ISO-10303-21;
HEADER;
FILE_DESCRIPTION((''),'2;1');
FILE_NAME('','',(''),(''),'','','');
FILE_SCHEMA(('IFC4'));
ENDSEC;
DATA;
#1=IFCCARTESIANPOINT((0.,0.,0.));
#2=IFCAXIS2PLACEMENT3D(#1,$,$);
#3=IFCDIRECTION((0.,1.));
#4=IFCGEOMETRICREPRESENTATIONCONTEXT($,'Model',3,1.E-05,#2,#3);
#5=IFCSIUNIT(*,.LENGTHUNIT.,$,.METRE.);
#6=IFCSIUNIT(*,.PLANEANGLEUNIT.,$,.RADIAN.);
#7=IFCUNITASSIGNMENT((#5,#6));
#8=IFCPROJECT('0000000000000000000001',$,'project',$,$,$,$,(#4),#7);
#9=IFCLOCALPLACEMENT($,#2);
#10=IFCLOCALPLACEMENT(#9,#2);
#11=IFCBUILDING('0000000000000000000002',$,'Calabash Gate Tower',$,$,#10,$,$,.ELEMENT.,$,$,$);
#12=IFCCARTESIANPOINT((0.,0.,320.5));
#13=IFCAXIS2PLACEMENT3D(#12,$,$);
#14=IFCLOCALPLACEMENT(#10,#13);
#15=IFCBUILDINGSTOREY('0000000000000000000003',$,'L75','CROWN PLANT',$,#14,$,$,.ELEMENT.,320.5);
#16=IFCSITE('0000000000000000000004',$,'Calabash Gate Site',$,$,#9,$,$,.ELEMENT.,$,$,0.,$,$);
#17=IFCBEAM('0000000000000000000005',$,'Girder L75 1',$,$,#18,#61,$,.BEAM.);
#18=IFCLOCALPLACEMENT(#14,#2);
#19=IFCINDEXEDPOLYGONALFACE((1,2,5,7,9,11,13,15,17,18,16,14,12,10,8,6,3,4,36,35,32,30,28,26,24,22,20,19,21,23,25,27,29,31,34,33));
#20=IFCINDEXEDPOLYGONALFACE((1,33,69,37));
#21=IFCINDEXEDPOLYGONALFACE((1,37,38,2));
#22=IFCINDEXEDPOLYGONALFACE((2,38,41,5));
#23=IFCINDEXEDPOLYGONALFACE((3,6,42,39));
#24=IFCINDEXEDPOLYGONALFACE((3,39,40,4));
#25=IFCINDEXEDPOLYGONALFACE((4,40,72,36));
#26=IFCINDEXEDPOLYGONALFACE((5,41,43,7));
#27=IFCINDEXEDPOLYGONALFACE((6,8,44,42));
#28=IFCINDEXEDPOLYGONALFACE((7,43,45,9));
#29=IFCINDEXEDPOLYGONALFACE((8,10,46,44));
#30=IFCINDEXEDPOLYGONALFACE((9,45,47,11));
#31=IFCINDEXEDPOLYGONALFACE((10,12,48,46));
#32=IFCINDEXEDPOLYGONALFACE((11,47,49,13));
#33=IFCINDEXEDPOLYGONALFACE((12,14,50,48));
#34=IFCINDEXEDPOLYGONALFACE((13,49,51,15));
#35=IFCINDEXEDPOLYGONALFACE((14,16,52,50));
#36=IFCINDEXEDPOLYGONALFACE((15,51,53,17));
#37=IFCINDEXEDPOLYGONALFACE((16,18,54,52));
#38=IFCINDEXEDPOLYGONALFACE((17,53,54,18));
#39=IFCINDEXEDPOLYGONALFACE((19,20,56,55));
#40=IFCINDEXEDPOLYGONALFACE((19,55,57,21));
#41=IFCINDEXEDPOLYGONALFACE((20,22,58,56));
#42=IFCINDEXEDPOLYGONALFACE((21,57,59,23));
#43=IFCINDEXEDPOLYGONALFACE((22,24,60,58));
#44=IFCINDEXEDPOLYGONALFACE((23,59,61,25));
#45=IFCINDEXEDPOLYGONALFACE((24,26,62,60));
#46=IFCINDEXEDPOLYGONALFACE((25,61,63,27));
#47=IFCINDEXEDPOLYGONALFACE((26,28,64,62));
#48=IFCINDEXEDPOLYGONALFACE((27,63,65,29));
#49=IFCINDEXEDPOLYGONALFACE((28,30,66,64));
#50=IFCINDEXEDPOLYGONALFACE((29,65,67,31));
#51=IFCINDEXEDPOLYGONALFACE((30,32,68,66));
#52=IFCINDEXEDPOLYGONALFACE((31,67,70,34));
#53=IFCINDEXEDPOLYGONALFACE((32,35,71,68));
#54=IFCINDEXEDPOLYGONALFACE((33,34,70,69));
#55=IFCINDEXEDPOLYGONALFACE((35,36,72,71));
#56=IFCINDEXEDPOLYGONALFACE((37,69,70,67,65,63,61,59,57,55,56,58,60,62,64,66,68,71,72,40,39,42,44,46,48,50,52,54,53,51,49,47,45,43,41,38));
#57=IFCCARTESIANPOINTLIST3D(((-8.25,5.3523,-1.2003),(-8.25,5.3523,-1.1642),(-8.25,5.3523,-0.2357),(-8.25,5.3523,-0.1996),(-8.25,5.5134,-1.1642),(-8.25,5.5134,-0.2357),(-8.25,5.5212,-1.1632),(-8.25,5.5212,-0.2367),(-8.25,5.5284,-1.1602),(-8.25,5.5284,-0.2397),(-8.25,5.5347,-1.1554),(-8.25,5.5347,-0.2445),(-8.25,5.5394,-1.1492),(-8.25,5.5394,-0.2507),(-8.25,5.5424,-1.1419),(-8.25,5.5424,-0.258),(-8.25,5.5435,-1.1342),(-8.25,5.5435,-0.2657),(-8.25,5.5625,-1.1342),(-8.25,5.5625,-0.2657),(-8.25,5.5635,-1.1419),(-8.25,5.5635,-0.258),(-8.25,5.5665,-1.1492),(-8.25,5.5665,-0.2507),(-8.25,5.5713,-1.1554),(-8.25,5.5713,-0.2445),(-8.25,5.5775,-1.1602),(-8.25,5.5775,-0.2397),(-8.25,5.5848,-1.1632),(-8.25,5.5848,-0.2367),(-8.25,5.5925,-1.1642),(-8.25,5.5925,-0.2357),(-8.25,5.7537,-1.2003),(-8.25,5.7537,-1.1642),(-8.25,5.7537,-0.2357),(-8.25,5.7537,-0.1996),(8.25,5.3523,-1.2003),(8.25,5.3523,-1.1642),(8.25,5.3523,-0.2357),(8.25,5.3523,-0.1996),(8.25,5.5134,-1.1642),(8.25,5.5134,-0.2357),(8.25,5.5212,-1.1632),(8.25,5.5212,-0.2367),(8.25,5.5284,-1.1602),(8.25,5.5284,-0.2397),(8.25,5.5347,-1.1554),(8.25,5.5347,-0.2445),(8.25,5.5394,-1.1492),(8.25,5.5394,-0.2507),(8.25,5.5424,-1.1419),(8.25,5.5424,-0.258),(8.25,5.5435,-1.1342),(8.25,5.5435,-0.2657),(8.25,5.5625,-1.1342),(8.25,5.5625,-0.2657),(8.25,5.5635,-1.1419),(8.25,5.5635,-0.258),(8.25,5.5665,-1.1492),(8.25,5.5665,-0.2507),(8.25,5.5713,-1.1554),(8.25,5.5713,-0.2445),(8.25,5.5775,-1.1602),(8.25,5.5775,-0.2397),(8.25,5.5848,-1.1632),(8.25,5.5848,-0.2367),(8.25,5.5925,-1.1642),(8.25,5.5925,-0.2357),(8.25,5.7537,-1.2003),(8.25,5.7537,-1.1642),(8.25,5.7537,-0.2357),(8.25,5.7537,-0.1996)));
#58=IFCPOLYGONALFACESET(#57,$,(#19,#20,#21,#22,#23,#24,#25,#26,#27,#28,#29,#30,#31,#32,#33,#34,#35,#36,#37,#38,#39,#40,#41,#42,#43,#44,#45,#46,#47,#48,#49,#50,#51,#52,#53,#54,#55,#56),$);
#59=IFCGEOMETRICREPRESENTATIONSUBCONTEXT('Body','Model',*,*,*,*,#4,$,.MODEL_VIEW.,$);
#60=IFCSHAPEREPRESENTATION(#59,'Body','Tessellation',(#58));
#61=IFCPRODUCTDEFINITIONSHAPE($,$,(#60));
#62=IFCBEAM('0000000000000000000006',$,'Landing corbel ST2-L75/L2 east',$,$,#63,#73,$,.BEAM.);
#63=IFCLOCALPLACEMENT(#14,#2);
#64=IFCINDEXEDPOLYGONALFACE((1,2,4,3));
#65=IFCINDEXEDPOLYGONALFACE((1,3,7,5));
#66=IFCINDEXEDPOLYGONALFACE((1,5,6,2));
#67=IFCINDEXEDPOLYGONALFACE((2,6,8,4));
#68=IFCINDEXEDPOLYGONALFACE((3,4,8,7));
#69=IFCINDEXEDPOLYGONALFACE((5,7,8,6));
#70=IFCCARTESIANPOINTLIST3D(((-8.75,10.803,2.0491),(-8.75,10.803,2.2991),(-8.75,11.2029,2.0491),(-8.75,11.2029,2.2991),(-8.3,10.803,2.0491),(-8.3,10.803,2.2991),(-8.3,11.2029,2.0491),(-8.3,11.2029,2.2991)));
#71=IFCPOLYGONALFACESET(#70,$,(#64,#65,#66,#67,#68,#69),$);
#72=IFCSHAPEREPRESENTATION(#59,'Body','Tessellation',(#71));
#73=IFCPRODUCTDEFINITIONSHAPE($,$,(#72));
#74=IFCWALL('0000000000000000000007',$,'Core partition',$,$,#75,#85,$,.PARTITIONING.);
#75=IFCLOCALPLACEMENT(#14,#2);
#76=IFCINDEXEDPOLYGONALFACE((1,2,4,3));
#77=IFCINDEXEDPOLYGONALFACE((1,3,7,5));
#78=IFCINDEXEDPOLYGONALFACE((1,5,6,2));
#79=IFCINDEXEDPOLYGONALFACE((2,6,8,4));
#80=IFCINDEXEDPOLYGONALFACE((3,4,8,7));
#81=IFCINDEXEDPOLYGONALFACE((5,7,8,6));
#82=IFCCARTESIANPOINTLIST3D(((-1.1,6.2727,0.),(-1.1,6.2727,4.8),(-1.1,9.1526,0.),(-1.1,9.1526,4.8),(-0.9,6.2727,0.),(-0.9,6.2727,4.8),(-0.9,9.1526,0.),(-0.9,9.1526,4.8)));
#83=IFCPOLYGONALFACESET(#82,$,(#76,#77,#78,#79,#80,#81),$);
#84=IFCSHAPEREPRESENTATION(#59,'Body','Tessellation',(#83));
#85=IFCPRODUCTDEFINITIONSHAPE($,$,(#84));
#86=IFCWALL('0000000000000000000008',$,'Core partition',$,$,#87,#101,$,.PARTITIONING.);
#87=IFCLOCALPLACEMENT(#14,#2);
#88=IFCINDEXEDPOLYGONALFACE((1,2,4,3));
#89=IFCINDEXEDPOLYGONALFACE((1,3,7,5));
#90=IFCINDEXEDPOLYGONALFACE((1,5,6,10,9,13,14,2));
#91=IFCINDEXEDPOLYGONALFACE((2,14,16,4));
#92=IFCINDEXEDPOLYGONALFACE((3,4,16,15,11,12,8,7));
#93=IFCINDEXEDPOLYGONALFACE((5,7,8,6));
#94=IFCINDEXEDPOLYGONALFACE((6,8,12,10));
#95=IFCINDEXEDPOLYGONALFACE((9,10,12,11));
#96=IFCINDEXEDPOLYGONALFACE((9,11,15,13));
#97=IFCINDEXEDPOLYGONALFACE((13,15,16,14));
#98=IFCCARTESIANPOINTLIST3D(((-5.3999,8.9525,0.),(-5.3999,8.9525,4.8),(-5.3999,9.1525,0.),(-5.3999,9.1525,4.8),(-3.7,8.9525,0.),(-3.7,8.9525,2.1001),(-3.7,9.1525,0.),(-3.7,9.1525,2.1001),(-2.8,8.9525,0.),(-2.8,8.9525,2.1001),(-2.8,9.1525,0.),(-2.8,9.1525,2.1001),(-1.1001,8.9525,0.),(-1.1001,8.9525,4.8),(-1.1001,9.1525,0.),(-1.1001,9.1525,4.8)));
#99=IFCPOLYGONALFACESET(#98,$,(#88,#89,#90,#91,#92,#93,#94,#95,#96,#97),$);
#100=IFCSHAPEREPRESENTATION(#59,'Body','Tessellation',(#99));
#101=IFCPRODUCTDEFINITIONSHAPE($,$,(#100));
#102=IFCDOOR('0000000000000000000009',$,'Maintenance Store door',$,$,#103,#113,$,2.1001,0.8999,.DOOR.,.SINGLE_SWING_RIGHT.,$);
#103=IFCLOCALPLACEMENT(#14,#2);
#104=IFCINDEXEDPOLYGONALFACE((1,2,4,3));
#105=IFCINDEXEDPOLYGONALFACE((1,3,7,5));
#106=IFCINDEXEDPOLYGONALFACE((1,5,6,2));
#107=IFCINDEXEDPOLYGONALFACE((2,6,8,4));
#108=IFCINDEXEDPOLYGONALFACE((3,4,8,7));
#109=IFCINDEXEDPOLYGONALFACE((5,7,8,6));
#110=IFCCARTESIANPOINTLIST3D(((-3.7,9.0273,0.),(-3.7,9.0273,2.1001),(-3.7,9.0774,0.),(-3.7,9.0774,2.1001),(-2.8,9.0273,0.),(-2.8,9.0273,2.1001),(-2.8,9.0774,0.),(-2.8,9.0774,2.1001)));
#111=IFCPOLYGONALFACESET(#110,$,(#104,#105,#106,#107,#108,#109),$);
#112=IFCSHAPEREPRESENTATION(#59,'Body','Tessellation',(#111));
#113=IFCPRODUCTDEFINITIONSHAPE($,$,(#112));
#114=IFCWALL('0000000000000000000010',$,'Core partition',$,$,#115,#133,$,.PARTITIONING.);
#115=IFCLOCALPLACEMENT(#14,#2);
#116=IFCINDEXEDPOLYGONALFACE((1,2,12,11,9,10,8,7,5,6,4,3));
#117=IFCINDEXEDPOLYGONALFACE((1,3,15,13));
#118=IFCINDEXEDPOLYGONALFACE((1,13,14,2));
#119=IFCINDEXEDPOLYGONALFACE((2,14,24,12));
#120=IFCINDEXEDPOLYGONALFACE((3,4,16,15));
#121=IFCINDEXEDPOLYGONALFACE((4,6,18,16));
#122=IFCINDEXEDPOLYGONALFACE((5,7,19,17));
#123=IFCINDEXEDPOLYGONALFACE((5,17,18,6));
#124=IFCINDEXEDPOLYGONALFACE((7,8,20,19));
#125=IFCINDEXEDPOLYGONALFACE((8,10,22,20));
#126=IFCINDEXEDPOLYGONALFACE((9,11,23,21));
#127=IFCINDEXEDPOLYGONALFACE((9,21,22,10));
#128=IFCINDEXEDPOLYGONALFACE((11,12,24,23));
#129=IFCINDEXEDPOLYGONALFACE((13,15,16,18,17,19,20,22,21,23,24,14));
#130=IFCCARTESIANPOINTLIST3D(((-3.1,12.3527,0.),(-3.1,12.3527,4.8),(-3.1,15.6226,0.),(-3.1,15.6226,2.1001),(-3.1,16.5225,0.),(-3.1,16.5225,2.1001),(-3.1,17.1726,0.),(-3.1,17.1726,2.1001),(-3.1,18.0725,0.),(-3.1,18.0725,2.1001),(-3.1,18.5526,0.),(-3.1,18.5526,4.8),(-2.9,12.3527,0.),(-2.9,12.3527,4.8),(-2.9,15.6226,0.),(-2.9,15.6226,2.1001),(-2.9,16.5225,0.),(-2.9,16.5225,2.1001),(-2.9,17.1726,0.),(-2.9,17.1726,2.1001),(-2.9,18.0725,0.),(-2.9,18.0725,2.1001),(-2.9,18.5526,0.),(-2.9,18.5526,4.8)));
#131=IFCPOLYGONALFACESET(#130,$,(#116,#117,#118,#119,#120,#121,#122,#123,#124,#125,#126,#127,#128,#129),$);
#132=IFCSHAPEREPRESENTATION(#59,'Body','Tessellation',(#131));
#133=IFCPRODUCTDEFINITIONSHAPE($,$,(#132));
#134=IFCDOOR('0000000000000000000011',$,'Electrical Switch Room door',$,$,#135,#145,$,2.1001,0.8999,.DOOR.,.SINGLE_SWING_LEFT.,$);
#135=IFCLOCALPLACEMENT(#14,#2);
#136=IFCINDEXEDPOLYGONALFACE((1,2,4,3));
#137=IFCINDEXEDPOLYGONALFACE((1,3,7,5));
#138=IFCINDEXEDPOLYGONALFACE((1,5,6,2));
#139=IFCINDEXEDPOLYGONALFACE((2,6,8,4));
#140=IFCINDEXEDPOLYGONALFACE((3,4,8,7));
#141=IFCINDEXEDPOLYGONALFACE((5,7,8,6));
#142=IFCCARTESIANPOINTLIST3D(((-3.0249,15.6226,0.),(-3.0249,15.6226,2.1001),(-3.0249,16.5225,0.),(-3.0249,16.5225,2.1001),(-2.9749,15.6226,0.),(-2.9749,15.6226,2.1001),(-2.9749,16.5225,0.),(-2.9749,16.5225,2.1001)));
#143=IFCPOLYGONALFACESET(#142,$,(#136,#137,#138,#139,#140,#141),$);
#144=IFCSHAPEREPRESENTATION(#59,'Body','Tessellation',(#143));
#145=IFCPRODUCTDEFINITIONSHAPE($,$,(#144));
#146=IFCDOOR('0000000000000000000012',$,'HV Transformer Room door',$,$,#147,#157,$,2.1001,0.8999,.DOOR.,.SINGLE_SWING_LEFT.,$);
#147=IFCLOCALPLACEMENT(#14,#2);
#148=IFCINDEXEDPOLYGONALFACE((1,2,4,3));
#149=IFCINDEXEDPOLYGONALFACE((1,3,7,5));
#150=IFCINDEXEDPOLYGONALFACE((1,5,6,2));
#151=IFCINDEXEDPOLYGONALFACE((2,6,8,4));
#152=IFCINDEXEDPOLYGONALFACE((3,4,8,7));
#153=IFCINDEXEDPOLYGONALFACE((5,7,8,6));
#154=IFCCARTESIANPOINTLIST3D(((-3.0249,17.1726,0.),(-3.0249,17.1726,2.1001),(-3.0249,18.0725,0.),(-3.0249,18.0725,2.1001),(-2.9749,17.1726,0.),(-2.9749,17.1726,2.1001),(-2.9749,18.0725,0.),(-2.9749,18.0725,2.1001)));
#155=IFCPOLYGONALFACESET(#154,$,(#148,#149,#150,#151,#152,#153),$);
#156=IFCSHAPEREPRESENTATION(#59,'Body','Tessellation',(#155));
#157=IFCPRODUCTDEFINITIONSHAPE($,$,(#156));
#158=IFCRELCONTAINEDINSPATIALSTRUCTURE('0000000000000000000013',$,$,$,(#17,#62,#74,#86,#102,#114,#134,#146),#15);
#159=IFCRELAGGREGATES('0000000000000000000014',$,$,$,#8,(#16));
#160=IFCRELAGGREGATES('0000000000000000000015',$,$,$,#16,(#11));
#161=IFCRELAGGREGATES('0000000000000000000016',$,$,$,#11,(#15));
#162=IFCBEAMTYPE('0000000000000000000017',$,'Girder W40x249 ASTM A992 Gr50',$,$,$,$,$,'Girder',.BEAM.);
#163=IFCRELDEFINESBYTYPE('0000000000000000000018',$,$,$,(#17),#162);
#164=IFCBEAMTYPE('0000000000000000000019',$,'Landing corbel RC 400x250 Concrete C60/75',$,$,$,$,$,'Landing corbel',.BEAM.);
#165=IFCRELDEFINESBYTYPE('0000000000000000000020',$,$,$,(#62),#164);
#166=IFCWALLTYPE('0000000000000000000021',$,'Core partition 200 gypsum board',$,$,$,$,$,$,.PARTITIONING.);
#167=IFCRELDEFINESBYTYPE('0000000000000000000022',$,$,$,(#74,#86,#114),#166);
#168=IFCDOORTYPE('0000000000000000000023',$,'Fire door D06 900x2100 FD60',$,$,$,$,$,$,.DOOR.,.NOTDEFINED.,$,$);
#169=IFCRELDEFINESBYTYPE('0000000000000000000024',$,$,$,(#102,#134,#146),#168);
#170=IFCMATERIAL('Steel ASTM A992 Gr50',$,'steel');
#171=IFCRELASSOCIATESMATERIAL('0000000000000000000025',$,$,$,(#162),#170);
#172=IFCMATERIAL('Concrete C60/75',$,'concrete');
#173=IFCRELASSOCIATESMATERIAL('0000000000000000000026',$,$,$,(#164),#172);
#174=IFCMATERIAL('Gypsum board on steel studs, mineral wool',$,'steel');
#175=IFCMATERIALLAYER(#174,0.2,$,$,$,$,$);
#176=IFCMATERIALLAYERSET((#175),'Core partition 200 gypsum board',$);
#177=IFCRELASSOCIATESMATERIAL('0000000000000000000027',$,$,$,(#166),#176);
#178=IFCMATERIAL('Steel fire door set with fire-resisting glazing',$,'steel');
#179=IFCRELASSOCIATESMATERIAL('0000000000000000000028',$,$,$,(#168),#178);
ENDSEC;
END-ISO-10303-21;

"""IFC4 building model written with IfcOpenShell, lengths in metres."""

from ifc_helpers import new_model, si_unit, direction, frame, frame_2d, origin, origin_2d, place, context, subcontext, project, spatial, rectangle, i_section, extrude, material, layer, layer_set, material_profile, profile_set, type_object, element, fill, save


model = new_model("IFC4")

# Units and contexts
model_context = context("Model", 3, precision=1e-05, world=origin(), true_north=direction((0.0, 1.0)))
body_context = subcontext(model_context, "Body", "Model", "MODEL_VIEW")
ifc_project = project(units=[si_unit("LENGTHUNIT", "METRE"), si_unit("PLANEANGLEUNIT", "RADIAN")], contexts=[model_context])

# Site, building, storey
site_placement = place(None, origin())
site = spatial("IfcSite", under=ifc_project, at=site_placement, Name="Calabash Gate Site", CompositionType="ELEMENT", RefElevation=0.0)
building_placement = place(site_placement, origin())
building = spatial("IfcBuilding", under=site, at=building_placement, Name="Calabash Gate Tower", CompositionType="ELEMENT")
storey_placement = place(building_placement, frame((0.0, 0.0, 320.5)))
storey = spatial("IfcBuildingStorey", under=building, at=storey_placement, Name="L75", Description="CROWN PLANT", CompositionType="ELEMENT", Elevation=320.5)

# Beams
ifc_material_1 = material(Name="Steel ASTM A992 Gr50", Category="steel")
ifc_material_profile_1 = material_profile(ifc_material_1, i_section(OverallWidth=0.4014, OverallDepth=1.0007, WebThickness=0.019, FlangeThickness=0.0361, FilletRadius=0.03, at=origin_2d()))
ifc_profile_set_1 = profile_set([ifc_material_profile_1], Name="Steel ASTM A992 Gr50")
beam_type_1 = type_object("IfcBeamType", Name="Girder W40x249 ASTM A992 Gr50", ElementType="Girder", PredefinedType="BEAM", material=ifc_profile_set_1)
beam_1_placement = place(storey_placement, frame((-8.25, 5.553, -0.7), z_axis=(1.0, 0.0, 0.0), x_axis=(0.0, 1.0, 0.0)))
element("IfcBeam", 1, at=beam_1_placement, inside=storey, type_object=beam_type_1, Name="Girder L75 1", PredefinedType="BEAM", context=body_context, shape_type="SweptSolid", body=[
    extrude(i_section(OverallWidth=0.4014, OverallDepth=1.0007, WebThickness=0.019, FlangeThickness=0.0361, FilletRadius=0.03, at=origin_2d()), origin(), (0.0, 0.0, 1.0), 16.5),
])
ifc_material_2 = material(Name="Concrete C60/75", Category="concrete")
ifc_material_profile_2 = material_profile(ifc_material_2, rectangle(XDim=0.3999, YDim=0.25, at=origin_2d()))
ifc_profile_set_2 = profile_set([ifc_material_profile_2], Name="Concrete C60/75")
beam_type_2 = type_object("IfcBeamType", Name="Landing corbel RC 400x250 Concrete C60/75", ElementType="Landing corbel", PredefinedType="BEAM", material=ifc_profile_set_2)
beam_2_placement = place(storey_placement, frame((-8.3, 11.0029, 2.1741), z_axis=(-1.0, 0.0, 0.0), x_axis=(0.0, -1.0, 0.0)))
element("IfcBeam", 2, at=beam_2_placement, inside=storey, type_object=beam_type_2, Name="Landing corbel ST2-L75/L2 east", PredefinedType="BEAM", context=body_context, shape_type="SweptSolid", body=[
    extrude(rectangle(XDim=0.3999, YDim=0.25, at=origin_2d()), origin(), (0.0, 0.0, 1.0), 0.45),
])

# Wall
ifc_material_3 = material(Name="Gypsum board on steel studs, mineral wool", Category="steel")
ifc_layer_1 = layer(ifc_material_3, 0.2)
ifc_layer_set_1 = layer_set([ifc_layer_1], Name="Core partition 200 gypsum board")
wall_type_1 = type_object("IfcWallType", Name="Core partition 200 gypsum board", PredefinedType="PARTITIONING", material=ifc_layer_set_1)
wall_1_placement = place(storey_placement, frame((-1.0, 6.2727, 0.0), z_axis=(0.0, 0.0, 1.0), x_axis=(0.0, 1.0, 0.0)))
element("IfcWall", 3, at=wall_1_placement, inside=storey, type_object=wall_type_1, Name="Core partition", PredefinedType="PARTITIONING", context=body_context, shape_type="SweptSolid", body=[
    extrude(rectangle(XDim=2.8799, YDim=0.2, at=frame_2d((1.4399, 0.0))), origin(), (0.0, 0.0, 1.0), 4.8),
])

# Wall, opening, door
wall_2_placement = place(storey_placement, frame((-5.3999, 9.0525, 0.0), z_axis=(0.0, 0.0, 1.0), x_axis=(1.0, 0.0, 0.0)))
wall_2 = element("IfcWall", 4, at=wall_2_placement, inside=storey, type_object=wall_type_1, Name="Core partition", PredefinedType="PARTITIONING", context=body_context, shape_type="SweptSolid", body=[
    extrude(rectangle(XDim=4.2998, YDim=0.2, at=frame_2d((2.1499, 0.0))), origin(), (0.0, 0.0, 1.0), 4.8),
])
opening_1_placement = place(wall_2_placement, frame((1.7, 0.0, 0.0)))
opening_1 = element("IfcOpeningElement", 5, at=opening_1_placement, cuts=wall_2, PredefinedType="OPENING", context=body_context, shape_type="SweptSolid", body=[
    extrude(rectangle(XDim=0.8999, YDim=2.1001, at=frame_2d((0.45, 1.05))), frame((0.0, 0.1099, 0.0), z_axis=(0.0, -1.0, 0.0), x_axis=(1.0, 0.0, 0.0)), (0.0, 0.0, 1.0), 0.22),
])
ifc_material_4 = material(Name="Steel fire door set with fire-resisting glazing", Category="steel")
door_type_1 = type_object("IfcDoorType", Name="Fire door D06 900x2100 FD60", OperationType="NOTDEFINED", PredefinedType="DOOR", material=ifc_material_4)
door_1_placement = place(opening_1_placement, origin())
door_1 = element("IfcDoor", 6, at=door_1_placement, inside=storey, type_object=door_type_1, Name="Maintenance Store door", OperationType="SINGLE_SWING_RIGHT", OverallHeight=2.1001, OverallWidth=0.8999, PredefinedType="DOOR", context=body_context, shape_type="SweptSolid", body=[
    extrude(rectangle(XDim=0.8999, YDim=2.1001, at=frame_2d((0.45, 1.05))), frame((0.0, 0.0249, 0.0), z_axis=(0.0, -1.0, 0.0), x_axis=(1.0, 0.0, 0.0)), (0.0, 0.0, 1.0), 0.05),
])
fill(opening_1, door_1)

# Wall, openings, doors
wall_3_placement = place(storey_placement, frame((-3.0, 12.3525, 0.0), z_axis=(0.0, 0.0, 1.0), x_axis=(0.0, 1.0, 0.0)))
wall_3 = element("IfcWall", 7, at=wall_3_placement, inside=storey, type_object=wall_type_1, Name="Core partition", PredefinedType="PARTITIONING", context=body_context, shape_type="SweptSolid", body=[
    extrude(rectangle(XDim=6.2, YDim=0.2, at=frame_2d((3.1001, 0.0))), origin(), (0.0, 0.0, 1.0), 4.8),
])
opening_2_placement = place(wall_3_placement, frame((3.27, 0.0, 0.0)))
opening_2 = element("IfcOpeningElement", 8, at=opening_2_placement, cuts=wall_3, PredefinedType="OPENING", context=body_context, shape_type="SweptSolid", body=[
    extrude(rectangle(XDim=0.8999, YDim=2.1001, at=frame_2d((0.45, 1.05))), frame((0.0, 0.1099, 0.0), z_axis=(0.0, -1.0, 0.0), x_axis=(1.0, 0.0, 0.0)), (0.0, 0.0, 1.0), 0.22),
])
opening_3_placement = place(wall_3_placement, frame((4.8201, 0.0, 0.0)))
opening_3 = element("IfcOpeningElement", 9, at=opening_3_placement, cuts=wall_3, PredefinedType="OPENING", context=body_context, shape_type="SweptSolid", body=[
    extrude(rectangle(XDim=0.8999, YDim=2.1001, at=frame_2d((0.45, 1.05))), frame((0.0, 0.1099, 0.0), z_axis=(0.0, -1.0, 0.0), x_axis=(1.0, 0.0, 0.0)), (0.0, 0.0, 1.0), 0.22),
])
door_2_placement = place(opening_2_placement, origin())
door_2 = element("IfcDoor", 10, at=door_2_placement, inside=storey, type_object=door_type_1, Name="Electrical Switch Room door", OperationType="SINGLE_SWING_LEFT", OverallHeight=2.1001, OverallWidth=0.8999, PredefinedType="DOOR", context=body_context, shape_type="SweptSolid", body=[
    extrude(rectangle(XDim=0.8999, YDim=2.1001, at=frame_2d((0.45, 1.05))), frame((0.0, 0.0249, 0.0), z_axis=(0.0, -1.0, 0.0), x_axis=(1.0, 0.0, 0.0)), (0.0, 0.0, 1.0), 0.05),
])
fill(opening_2, door_2)
door_3_placement = place(opening_3_placement, origin())
door_3 = element("IfcDoor", 11, at=door_3_placement, inside=storey, type_object=door_type_1, Name="HV Transformer Room door", OperationType="SINGLE_SWING_LEFT", OverallHeight=2.1001, OverallWidth=0.8999, PredefinedType="DOOR", context=body_context, shape_type="SweptSolid", body=[
    extrude(rectangle(XDim=0.8999, YDim=2.1001, at=frame_2d((0.45, 1.05))), frame((0.0, 0.0249, 0.0), z_axis=(0.0, -1.0, 0.0), x_axis=(1.0, 0.0, 0.0)), (0.0, 0.0, 1.0), 0.05),
])
fill(opening_3, door_3)

save(model, "model.ifc")
